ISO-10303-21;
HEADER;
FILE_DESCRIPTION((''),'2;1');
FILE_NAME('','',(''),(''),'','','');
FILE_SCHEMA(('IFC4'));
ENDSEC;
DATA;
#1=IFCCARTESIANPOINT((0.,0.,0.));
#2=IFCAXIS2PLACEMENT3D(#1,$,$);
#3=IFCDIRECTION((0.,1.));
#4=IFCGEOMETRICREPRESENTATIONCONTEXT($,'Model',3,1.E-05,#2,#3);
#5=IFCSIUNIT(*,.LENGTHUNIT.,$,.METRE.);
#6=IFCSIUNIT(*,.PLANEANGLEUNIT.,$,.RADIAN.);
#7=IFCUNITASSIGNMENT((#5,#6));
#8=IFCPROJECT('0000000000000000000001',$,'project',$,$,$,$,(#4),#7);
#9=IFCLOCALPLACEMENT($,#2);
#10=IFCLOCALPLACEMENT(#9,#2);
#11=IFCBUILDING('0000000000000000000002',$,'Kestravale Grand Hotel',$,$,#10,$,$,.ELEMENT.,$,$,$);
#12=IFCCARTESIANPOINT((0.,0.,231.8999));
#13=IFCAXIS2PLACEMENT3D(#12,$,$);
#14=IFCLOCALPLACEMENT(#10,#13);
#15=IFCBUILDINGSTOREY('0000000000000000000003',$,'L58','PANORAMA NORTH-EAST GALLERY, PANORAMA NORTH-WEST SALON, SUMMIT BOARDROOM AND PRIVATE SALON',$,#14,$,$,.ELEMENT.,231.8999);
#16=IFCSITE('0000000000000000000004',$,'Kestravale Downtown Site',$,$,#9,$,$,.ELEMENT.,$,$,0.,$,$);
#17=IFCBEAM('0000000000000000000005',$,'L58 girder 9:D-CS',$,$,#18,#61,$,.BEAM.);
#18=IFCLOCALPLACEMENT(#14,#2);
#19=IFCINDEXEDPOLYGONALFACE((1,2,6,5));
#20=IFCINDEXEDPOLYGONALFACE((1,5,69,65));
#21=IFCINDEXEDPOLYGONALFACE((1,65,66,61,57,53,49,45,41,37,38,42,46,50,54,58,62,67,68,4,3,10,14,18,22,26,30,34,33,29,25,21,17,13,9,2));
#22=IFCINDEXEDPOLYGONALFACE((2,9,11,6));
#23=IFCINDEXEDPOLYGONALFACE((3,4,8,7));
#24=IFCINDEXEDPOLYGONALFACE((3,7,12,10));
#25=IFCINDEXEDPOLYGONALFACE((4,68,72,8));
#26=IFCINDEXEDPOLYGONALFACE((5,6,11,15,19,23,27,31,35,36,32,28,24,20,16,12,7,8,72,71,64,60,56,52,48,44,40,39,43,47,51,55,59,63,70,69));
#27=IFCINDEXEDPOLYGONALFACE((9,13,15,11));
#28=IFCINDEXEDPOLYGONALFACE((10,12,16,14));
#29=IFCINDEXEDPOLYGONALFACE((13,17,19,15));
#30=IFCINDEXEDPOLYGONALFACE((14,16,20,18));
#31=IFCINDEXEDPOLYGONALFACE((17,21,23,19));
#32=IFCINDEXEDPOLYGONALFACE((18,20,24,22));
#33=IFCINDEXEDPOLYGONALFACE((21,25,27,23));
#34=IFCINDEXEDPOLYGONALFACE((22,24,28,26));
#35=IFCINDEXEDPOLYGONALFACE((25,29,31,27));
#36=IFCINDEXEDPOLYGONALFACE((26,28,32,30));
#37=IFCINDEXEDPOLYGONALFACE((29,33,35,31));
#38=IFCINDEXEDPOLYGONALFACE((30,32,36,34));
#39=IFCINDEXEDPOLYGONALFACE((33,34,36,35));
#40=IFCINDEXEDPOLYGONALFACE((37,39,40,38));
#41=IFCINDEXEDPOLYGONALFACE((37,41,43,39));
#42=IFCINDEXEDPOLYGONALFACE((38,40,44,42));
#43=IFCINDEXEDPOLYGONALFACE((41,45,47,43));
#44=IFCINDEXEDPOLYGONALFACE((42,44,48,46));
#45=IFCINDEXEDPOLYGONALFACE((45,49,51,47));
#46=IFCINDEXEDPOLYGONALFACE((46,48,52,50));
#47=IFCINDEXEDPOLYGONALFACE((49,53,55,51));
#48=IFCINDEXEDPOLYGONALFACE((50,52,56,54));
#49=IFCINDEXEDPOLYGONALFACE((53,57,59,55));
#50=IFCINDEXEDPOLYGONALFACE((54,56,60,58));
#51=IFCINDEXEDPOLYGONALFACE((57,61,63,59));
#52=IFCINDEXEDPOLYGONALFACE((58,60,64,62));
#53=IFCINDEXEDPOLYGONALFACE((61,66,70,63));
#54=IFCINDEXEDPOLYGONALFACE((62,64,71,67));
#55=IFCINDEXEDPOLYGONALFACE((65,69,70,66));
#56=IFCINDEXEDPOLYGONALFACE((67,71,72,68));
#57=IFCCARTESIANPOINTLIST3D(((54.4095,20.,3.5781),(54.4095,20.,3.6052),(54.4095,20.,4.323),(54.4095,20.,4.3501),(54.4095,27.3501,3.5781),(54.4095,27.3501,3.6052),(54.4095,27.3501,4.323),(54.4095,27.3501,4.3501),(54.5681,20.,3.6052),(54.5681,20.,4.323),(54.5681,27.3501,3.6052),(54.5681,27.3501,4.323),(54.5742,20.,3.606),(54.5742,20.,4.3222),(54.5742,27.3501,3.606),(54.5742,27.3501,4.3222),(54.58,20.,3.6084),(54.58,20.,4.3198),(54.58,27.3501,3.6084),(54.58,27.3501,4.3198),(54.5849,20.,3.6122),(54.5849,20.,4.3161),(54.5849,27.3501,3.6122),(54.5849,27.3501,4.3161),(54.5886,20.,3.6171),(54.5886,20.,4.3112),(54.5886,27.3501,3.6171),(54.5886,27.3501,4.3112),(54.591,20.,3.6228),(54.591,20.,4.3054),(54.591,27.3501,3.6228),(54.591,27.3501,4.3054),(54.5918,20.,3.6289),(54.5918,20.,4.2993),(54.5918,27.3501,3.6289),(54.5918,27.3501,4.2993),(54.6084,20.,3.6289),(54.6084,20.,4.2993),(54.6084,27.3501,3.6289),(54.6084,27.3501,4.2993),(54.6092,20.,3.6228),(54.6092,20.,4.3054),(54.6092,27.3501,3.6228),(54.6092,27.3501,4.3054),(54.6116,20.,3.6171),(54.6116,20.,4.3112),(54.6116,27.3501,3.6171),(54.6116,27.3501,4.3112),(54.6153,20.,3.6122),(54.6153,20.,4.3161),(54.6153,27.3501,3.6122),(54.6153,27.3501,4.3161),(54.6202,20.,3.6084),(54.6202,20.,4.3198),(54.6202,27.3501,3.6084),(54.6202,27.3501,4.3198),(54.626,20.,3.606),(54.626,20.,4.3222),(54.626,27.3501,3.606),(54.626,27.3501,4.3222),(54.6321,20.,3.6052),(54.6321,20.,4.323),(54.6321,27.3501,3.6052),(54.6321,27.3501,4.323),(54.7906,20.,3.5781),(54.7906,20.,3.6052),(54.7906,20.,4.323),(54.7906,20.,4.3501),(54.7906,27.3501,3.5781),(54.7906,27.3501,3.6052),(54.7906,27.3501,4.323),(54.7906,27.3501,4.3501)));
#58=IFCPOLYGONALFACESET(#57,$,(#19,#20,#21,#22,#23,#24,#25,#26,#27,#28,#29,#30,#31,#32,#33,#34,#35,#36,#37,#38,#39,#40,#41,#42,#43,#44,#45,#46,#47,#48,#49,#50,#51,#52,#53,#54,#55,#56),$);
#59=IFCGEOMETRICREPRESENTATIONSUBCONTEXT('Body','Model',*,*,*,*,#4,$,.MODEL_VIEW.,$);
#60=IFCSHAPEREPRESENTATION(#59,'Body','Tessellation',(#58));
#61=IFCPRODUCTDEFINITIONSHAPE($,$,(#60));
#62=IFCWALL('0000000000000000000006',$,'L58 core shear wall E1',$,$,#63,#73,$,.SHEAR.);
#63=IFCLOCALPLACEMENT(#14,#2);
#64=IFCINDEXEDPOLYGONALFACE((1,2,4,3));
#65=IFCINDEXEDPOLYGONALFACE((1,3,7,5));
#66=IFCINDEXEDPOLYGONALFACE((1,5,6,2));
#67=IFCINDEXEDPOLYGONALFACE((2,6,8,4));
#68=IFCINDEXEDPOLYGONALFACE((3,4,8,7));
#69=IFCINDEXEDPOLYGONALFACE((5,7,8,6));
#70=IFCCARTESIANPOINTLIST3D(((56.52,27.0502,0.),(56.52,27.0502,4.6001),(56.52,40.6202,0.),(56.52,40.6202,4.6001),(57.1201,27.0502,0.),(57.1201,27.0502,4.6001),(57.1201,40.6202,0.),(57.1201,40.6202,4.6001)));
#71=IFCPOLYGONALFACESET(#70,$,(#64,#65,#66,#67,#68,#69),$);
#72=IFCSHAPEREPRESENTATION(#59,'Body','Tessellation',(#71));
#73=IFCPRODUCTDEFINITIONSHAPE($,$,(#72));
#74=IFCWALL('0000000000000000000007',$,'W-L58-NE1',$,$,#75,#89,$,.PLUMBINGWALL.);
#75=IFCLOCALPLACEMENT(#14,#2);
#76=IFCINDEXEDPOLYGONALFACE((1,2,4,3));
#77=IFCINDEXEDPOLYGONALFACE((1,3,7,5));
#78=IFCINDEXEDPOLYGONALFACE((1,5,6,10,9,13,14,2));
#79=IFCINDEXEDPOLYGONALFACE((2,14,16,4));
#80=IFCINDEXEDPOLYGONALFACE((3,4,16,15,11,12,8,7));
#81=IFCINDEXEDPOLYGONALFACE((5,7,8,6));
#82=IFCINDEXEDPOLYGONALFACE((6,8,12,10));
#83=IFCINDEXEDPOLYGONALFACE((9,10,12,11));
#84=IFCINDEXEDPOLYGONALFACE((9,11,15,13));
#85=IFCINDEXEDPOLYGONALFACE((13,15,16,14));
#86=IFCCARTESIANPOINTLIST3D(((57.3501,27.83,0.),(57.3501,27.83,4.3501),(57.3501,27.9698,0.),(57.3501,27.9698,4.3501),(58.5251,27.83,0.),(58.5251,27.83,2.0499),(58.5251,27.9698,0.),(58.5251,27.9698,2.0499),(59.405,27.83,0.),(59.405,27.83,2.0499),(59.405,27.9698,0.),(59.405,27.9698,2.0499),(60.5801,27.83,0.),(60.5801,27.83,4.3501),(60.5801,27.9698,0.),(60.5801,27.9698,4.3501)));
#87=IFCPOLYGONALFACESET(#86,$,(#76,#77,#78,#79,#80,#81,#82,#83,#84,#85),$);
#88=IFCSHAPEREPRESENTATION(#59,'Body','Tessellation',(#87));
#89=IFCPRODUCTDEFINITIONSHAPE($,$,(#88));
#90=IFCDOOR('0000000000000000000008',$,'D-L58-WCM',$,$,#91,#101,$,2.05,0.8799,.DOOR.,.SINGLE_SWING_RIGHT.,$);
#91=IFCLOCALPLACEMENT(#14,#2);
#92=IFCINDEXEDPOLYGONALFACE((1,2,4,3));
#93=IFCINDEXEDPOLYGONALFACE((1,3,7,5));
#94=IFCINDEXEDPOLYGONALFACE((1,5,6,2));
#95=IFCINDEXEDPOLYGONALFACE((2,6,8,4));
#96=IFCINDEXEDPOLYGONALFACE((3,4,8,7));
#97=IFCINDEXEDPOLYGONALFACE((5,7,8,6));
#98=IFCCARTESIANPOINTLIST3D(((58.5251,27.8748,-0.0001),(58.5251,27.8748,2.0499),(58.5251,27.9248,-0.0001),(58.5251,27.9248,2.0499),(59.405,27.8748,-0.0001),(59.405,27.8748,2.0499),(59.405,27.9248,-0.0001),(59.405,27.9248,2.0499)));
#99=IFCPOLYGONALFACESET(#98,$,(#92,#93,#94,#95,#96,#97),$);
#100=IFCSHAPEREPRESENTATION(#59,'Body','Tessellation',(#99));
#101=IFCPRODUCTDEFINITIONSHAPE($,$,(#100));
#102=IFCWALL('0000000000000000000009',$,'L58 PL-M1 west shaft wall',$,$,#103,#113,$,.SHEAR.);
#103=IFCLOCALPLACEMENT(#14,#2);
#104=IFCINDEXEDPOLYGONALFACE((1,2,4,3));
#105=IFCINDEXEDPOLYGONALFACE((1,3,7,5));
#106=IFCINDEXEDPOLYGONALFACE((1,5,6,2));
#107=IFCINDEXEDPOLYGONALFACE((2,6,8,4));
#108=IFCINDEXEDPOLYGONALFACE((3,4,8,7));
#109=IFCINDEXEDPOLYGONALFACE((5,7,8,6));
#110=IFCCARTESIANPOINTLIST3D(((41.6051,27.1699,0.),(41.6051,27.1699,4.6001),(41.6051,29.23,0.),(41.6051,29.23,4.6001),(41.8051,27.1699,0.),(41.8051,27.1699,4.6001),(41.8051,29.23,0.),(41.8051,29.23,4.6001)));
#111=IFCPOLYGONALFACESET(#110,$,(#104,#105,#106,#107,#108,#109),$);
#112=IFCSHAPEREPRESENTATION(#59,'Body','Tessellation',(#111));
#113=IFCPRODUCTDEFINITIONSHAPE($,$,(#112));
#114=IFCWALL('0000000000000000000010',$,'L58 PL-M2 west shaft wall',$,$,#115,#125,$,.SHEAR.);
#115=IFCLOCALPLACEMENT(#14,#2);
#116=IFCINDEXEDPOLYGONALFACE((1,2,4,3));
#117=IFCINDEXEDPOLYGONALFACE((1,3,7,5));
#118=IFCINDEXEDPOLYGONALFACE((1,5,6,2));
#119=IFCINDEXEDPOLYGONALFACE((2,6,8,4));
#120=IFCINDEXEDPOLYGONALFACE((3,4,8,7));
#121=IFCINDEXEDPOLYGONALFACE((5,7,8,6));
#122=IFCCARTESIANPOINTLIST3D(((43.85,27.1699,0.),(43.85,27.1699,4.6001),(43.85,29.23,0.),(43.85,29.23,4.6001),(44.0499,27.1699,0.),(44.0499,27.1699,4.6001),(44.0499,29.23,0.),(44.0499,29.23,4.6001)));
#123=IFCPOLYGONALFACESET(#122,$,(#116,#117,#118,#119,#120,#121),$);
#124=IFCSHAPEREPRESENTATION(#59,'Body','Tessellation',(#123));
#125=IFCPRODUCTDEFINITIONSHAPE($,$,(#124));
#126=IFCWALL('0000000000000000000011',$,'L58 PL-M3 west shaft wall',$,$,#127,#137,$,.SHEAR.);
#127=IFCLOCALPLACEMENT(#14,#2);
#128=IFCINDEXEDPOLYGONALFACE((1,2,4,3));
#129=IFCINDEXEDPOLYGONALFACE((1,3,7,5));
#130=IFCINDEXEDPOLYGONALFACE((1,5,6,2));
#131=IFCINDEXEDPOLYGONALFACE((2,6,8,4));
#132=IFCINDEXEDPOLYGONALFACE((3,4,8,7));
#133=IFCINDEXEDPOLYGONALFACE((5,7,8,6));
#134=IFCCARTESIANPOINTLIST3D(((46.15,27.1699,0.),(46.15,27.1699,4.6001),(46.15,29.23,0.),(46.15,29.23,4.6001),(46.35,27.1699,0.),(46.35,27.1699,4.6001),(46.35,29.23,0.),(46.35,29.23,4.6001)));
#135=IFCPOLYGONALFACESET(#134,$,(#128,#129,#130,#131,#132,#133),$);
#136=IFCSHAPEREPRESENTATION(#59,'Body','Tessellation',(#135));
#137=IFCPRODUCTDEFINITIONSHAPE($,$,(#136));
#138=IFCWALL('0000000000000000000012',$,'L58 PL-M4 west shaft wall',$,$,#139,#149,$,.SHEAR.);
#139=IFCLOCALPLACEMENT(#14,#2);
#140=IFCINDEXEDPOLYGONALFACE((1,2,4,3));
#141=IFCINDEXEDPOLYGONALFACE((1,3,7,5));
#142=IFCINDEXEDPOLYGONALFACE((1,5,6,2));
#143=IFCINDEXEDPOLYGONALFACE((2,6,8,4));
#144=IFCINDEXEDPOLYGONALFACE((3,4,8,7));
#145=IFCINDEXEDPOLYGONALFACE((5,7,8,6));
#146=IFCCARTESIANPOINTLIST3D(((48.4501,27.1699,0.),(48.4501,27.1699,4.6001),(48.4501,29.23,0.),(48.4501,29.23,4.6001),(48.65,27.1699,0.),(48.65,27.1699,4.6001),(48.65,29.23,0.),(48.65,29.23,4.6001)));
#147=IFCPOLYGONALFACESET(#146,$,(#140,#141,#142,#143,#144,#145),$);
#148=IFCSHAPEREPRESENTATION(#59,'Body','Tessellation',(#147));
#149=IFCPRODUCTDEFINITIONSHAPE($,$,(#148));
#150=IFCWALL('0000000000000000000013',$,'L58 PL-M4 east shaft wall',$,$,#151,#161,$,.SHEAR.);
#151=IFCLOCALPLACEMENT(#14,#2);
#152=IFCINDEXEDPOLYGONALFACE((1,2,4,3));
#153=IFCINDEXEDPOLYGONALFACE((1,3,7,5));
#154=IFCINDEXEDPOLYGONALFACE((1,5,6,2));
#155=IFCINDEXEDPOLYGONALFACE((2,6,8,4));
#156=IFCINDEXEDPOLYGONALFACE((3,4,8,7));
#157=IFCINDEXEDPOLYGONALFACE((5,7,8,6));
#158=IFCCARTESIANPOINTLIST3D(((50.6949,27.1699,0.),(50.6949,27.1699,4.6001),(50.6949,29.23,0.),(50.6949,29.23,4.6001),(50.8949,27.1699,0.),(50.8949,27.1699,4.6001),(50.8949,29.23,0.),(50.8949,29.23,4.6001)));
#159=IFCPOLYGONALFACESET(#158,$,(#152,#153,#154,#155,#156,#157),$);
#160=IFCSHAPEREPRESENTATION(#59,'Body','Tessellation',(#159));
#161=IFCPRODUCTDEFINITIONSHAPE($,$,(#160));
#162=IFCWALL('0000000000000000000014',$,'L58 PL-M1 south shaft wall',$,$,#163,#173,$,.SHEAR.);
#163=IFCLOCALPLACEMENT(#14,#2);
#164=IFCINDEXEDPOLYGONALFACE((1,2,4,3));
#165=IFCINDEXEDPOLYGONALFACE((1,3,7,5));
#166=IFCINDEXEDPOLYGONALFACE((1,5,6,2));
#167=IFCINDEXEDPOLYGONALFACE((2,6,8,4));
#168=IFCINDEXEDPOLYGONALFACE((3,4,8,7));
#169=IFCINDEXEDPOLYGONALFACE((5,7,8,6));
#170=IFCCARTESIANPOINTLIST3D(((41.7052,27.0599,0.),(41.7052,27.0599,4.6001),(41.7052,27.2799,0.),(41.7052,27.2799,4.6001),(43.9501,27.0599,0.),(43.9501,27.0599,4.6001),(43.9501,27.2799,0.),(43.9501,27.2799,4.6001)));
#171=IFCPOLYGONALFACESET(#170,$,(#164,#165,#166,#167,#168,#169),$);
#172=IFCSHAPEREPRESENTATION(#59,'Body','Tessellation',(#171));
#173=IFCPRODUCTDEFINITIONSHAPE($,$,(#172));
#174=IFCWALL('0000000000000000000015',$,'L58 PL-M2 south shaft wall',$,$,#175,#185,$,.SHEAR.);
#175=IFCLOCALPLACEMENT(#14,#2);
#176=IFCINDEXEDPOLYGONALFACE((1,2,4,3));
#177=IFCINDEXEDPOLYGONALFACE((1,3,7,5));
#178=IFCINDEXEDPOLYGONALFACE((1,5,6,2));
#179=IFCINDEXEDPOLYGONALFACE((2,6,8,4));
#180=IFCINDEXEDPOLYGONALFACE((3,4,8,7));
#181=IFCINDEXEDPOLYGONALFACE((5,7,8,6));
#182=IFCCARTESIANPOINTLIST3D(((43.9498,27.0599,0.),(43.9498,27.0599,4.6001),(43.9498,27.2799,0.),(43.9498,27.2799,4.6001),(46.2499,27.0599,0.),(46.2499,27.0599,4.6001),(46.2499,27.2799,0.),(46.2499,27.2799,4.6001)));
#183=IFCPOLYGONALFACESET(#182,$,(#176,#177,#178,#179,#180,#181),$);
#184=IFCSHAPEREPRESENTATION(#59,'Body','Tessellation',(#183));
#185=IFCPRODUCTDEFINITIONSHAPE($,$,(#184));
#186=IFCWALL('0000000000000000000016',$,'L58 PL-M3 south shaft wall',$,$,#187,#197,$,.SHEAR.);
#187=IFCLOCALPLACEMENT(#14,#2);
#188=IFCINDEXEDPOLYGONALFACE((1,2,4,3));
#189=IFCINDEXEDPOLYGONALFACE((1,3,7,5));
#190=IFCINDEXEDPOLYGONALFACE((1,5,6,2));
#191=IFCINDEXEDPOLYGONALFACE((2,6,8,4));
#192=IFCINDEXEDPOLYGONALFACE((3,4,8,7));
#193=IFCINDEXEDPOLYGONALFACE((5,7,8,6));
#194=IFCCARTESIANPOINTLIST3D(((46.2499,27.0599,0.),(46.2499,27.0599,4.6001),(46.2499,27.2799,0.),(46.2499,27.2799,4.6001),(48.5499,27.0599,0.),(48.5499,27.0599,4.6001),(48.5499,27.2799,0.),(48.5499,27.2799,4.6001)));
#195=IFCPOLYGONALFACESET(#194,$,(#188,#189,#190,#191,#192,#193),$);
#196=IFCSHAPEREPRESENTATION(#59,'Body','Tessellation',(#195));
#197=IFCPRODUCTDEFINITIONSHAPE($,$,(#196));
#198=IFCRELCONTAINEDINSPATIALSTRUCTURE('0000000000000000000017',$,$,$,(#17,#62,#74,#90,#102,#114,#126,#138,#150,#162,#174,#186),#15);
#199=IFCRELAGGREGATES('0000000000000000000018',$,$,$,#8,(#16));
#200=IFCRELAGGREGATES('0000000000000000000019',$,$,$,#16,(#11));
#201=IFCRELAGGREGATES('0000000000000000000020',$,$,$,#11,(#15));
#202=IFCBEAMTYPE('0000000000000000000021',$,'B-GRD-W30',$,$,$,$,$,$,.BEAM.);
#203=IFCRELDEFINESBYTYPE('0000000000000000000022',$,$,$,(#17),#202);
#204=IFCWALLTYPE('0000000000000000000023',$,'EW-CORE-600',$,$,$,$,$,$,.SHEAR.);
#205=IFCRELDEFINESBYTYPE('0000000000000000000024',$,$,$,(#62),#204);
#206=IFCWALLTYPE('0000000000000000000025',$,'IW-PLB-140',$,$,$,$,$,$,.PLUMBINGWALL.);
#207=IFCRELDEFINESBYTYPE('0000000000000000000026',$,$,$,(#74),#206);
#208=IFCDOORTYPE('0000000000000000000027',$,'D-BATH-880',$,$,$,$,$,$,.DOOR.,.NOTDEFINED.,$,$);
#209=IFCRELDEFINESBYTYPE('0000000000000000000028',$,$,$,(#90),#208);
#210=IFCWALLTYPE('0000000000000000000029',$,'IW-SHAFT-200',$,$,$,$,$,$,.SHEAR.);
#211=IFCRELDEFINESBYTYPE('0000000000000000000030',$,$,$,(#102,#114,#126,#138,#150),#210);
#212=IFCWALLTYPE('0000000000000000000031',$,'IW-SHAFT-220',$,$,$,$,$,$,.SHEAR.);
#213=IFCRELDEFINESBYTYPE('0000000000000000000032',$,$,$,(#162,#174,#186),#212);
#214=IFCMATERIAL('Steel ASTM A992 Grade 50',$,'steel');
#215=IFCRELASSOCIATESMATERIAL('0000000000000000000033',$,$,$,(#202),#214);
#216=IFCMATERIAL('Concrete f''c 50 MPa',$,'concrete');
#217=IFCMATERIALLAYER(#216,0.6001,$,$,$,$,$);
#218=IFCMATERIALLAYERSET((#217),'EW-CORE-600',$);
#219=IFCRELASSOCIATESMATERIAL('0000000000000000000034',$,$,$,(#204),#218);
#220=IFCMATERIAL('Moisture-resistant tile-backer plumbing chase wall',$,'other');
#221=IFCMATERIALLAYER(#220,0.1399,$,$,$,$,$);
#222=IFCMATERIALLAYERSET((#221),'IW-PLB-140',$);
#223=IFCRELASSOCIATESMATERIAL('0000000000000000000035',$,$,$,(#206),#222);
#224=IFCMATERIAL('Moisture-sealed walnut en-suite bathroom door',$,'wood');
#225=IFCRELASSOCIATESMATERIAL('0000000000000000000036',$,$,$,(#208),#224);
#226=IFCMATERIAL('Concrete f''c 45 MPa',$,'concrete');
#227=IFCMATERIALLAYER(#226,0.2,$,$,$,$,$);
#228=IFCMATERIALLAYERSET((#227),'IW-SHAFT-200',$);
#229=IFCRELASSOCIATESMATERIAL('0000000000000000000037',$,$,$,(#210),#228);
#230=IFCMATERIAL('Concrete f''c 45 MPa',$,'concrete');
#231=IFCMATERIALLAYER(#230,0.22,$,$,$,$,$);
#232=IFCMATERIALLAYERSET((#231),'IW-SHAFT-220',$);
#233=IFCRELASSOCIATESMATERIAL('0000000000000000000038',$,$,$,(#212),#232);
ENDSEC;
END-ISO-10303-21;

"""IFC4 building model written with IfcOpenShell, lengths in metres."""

from ifc_helpers import new_model, si_unit, direction, frame, frame_2d, origin, origin_2d, place, context, subcontext, project, spatial, rectangle, i_section, extrude, material, layer, layer_set, material_profile, profile_set, type_object, element, fill, save


model = new_model("IFC4")

# Units and contexts
model_context = context("Model", 3, precision=1e-05, world=origin(), true_north=direction((0.0, 1.0)))
body_context = subcontext(model_context, "Body", "Model", "MODEL_VIEW")
ifc_project = project(units=[si_unit("LENGTHUNIT", "METRE"), si_unit("PLANEANGLEUNIT", "RADIAN")], contexts=[model_context])

# Site, building, storey
site_placement = place(None, origin())
site = spatial("IfcSite", under=ifc_project, at=site_placement, Name="Kestravale Downtown Site", CompositionType="ELEMENT", RefElevation=0.0)
building_placement = place(site_placement, origin())
building = spatial("IfcBuilding", under=site, at=building_placement, Name="Kestravale Grand Hotel", CompositionType="ELEMENT")
storey_placement = place(building_placement, frame((0.0, 0.0, 231.8999)))
storey = spatial("IfcBuildingStorey", under=building, at=storey_placement, Name="L58", Description="PANORAMA NORTH-EAST GALLERY, PANORAMA NORTH-WEST SALON, SUMMIT BOARDROOM AND PRIVATE SALON", CompositionType="ELEMENT", Elevation=231.8999)

# Beam
ifc_material_1 = material(Name="Steel ASTM A992 Grade 50", Category="steel")
ifc_material_profile_1 = material_profile(ifc_material_1, i_section(OverallWidth=0.3811, OverallDepth=0.772, WebThickness=0.0166, FlangeThickness=0.0271, FilletRadius=0.0237, at=origin_2d()))
ifc_profile_set_1 = profile_set([ifc_material_profile_1], Name="Steel ASTM A992 Grade 50")
beam_type = type_object("IfcBeamType", Name="B-GRD-W30", PredefinedType="BEAM", material=ifc_profile_set_1)
beam_1_placement = place(storey_placement, frame((54.6001, 20.0, 3.9641), z_axis=(0.0, 1.0, 0.0), x_axis=(-1.0, 0.0, 0.0)))
element("IfcBeam", 1, at=beam_1_placement, inside=storey, type_object=beam_type, Name="L58 girder 9:D-CS", PredefinedType="BEAM", context=body_context, shape_type="SweptSolid", body=[
    extrude(i_section(OverallWidth=0.3811, OverallDepth=0.772, WebThickness=0.0166, FlangeThickness=0.0271, FilletRadius=0.0237, at=origin_2d()), origin(), (0.0, 0.0, 1.0), 7.3501),
])

# Wall
ifc_material_2 = material(Name="Concrete f'c 50 MPa", Category="concrete")
ifc_layer_1 = layer(ifc_material_2, 0.6001)
ifc_layer_set_1 = layer_set([ifc_layer_1], Name="EW-CORE-600")
wall_type_1 = type_object("IfcWallType", Name="EW-CORE-600", PredefinedType="SHEAR", material=ifc_layer_set_1)
wall_1_placement = place(storey_placement, frame((56.8201, 27.05, 0.0), z_axis=(0.0, 0.0, 1.0), x_axis=(0.0, 1.0, 0.0)))
element("IfcWall", 2, at=wall_1_placement, inside=storey, type_object=wall_type_1, Name="L58 core shear wall E1", PredefinedType="SHEAR", context=body_context, shape_type="SweptSolid", body=[
    extrude(rectangle(XDim=13.5701, YDim=0.6001, at=frame_2d((6.7852, 0.0))), origin(), (0.0, 0.0, 1.0), 4.6001),
])

# Wall, opening, door
ifc_material_3 = material(Name="Moisture-resistant tile-backer plumbing chase wall", Category="other")
ifc_layer_2 = layer(ifc_material_3, 0.1399)
ifc_layer_set_2 = layer_set([ifc_layer_2], Name="IW-PLB-140")
wall_type_2 = type_object("IfcWallType", Name="IW-PLB-140", PredefinedType="PLUMBINGWALL", material=ifc_layer_set_2)
wall_2_placement = place(storey_placement, frame((57.3501, 27.8999, 0.0), z_axis=(0.0, 0.0, 1.0), x_axis=(1.0, 0.0, 0.0)))
wall_2 = element("IfcWall", 3, at=wall_2_placement, inside=storey, type_object=wall_type_2, Name="W-L58-NE1", PredefinedType="PLUMBINGWALL", context=body_context, shape_type="SweptSolid", body=[
    extrude(rectangle(XDim=3.23, YDim=0.1399, at=frame_2d((1.615, 0.0))), origin(), (0.0, 0.0, 1.0), 4.3501),
])
opening_1_placement = place(wall_2_placement, frame((1.175, 0.0, 0.0)))
opening_1 = element("IfcOpeningElement", 4, at=opening_1_placement, cuts=wall_2, PredefinedType="OPENING", context=body_context, shape_type="SweptSolid", body=[
    extrude(rectangle(XDim=0.8799, YDim=2.05, at=frame_2d((0.4399, 1.0249))), frame((0.0, 0.0798, 0.0), z_axis=(0.0, -1.0, 0.0), x_axis=(1.0, 0.0, 0.0)), (0.0, 0.0, 1.0), 0.1599),
])
ifc_material_4 = material(Name="Moisture-sealed walnut en-suite bathroom door", Category="wood")
door_type_1 = type_object("IfcDoorType", Name="D-BATH-880", OperationType="NOTDEFINED", PredefinedType="DOOR", material=ifc_material_4)
door_1_placement = place(opening_1_placement, origin())
door_1 = element("IfcDoor", 5, at=door_1_placement, inside=storey, type_object=door_type_1, Name="D-L58-WCM", OperationType="SINGLE_SWING_RIGHT", OverallHeight=2.05, OverallWidth=0.8799, PredefinedType="DOOR", context=body_context, shape_type="SweptSolid", body=[
    extrude(rectangle(XDim=0.8799, YDim=2.05, at=frame_2d((0.4399, 1.0249))), frame((0.0, 0.0249, 0.0), z_axis=(0.0, -1.0, 0.0), x_axis=(1.0, 0.0, 0.0)), (0.0, 0.0, 1.0), 0.05),
])
fill(opening_1, door_1)

# Walls
ifc_material_5 = material(Name="Concrete f'c 45 MPa", Category="concrete")
ifc_layer_3 = layer(ifc_material_5, 0.2)
ifc_layer_set_3 = layer_set([ifc_layer_3], Name="IW-SHAFT-200")
wall_type_3 = type_object("IfcWallType", Name="IW-SHAFT-200", PredefinedType="SHEAR", material=ifc_layer_set_3)
for number, where, z_axis, x_axis, name in (
    (6, (41.7051, 27.1699, 0.0), (0.0, 0.0, 1.0), (0.0, 1.0, 0.0), "L58 PL-M1 west shaft wall"),
    (7, (43.95, 27.1699, 0.0), (0.0, 0.0, 1.0), (0.0, 1.0, 0.0), "L58 PL-M2 west shaft wall"),
    (8, (46.25, 27.1699, 0.0), (0.0, 0.0, 1.0), (0.0, 1.0, 0.0), "L58 PL-M3 west shaft wall"),
    (9, (48.55, 27.1699, 0.0), (0.0, 0.0, 1.0), (0.0, 1.0, 0.0), "L58 PL-M4 west shaft wall"),
    (10, (50.7949, 27.1699, 0.0), (0.0, 0.0, 1.0), (0.0, 1.0, 0.0), "L58 PL-M4 east shaft wall"),
):
    element("IfcWall", number, at=place(storey_placement, frame(where, z_axis=z_axis, x_axis=x_axis)), inside=storey, type_object=wall_type_3, Name=name, PredefinedType="SHEAR", context=body_context, shape_type="SweptSolid", body=[
        extrude(rectangle(XDim=2.0601, YDim=0.2, at=frame_2d((1.03, 0.0))), origin(), (0.0, 0.0, 1.0), 4.6001),
    ])

# Shared definitions
ifc_material_6 = material(Name="Concrete f'c 45 MPa", Category="concrete")
ifc_layer_4 = layer(ifc_material_6, 0.22)
ifc_layer_set_4 = layer_set([ifc_layer_4], Name="IW-SHAFT-220")
wall_type_4 = type_object("IfcWallType", Name="IW-SHAFT-220", PredefinedType="SHEAR", material=ifc_layer_set_4)

# Wall
wall_3_placement = place(storey_placement, frame((41.7051, 27.1699, 0.0), z_axis=(0.0, 0.0, 1.0), x_axis=(1.0, 0.0, 0.0)))
element("IfcWall", 11, at=wall_3_placement, inside=storey, type_object=wall_type_4, Name="L58 PL-M1 south shaft wall", PredefinedType="SHEAR", context=body_context, shape_type="SweptSolid", body=[
    extrude(rectangle(XDim=2.2449, YDim=0.22, at=frame_2d((1.1226, 0.0))), origin(), (0.0, 0.0, 1.0), 4.6001),
])

# Walls
for number, where, z_axis, x_axis, name in (
    (12, (43.95, 27.1699, 0.0), (0.0, 0.0, 1.0), (1.0, 0.0, 0.0), "L58 PL-M2 south shaft wall"),
    (13, (46.25, 27.1699, 0.0), (0.0, 0.0, 1.0), (1.0, 0.0, 0.0), "L58 PL-M3 south shaft wall"),
):
    element("IfcWall", number, at=place(storey_placement, frame(where, z_axis=z_axis, x_axis=x_axis)), inside=storey, type_object=wall_type_4, Name=name, PredefinedType="SHEAR", context=body_context, shape_type="SweptSolid", body=[
        extrude(rectangle(XDim=2.3, YDim=0.22, at=frame_2d((1.1499, 0.0))), origin(), (0.0, 0.0, 1.0), 4.6001),
    ])

save(model, "model.ifc")
